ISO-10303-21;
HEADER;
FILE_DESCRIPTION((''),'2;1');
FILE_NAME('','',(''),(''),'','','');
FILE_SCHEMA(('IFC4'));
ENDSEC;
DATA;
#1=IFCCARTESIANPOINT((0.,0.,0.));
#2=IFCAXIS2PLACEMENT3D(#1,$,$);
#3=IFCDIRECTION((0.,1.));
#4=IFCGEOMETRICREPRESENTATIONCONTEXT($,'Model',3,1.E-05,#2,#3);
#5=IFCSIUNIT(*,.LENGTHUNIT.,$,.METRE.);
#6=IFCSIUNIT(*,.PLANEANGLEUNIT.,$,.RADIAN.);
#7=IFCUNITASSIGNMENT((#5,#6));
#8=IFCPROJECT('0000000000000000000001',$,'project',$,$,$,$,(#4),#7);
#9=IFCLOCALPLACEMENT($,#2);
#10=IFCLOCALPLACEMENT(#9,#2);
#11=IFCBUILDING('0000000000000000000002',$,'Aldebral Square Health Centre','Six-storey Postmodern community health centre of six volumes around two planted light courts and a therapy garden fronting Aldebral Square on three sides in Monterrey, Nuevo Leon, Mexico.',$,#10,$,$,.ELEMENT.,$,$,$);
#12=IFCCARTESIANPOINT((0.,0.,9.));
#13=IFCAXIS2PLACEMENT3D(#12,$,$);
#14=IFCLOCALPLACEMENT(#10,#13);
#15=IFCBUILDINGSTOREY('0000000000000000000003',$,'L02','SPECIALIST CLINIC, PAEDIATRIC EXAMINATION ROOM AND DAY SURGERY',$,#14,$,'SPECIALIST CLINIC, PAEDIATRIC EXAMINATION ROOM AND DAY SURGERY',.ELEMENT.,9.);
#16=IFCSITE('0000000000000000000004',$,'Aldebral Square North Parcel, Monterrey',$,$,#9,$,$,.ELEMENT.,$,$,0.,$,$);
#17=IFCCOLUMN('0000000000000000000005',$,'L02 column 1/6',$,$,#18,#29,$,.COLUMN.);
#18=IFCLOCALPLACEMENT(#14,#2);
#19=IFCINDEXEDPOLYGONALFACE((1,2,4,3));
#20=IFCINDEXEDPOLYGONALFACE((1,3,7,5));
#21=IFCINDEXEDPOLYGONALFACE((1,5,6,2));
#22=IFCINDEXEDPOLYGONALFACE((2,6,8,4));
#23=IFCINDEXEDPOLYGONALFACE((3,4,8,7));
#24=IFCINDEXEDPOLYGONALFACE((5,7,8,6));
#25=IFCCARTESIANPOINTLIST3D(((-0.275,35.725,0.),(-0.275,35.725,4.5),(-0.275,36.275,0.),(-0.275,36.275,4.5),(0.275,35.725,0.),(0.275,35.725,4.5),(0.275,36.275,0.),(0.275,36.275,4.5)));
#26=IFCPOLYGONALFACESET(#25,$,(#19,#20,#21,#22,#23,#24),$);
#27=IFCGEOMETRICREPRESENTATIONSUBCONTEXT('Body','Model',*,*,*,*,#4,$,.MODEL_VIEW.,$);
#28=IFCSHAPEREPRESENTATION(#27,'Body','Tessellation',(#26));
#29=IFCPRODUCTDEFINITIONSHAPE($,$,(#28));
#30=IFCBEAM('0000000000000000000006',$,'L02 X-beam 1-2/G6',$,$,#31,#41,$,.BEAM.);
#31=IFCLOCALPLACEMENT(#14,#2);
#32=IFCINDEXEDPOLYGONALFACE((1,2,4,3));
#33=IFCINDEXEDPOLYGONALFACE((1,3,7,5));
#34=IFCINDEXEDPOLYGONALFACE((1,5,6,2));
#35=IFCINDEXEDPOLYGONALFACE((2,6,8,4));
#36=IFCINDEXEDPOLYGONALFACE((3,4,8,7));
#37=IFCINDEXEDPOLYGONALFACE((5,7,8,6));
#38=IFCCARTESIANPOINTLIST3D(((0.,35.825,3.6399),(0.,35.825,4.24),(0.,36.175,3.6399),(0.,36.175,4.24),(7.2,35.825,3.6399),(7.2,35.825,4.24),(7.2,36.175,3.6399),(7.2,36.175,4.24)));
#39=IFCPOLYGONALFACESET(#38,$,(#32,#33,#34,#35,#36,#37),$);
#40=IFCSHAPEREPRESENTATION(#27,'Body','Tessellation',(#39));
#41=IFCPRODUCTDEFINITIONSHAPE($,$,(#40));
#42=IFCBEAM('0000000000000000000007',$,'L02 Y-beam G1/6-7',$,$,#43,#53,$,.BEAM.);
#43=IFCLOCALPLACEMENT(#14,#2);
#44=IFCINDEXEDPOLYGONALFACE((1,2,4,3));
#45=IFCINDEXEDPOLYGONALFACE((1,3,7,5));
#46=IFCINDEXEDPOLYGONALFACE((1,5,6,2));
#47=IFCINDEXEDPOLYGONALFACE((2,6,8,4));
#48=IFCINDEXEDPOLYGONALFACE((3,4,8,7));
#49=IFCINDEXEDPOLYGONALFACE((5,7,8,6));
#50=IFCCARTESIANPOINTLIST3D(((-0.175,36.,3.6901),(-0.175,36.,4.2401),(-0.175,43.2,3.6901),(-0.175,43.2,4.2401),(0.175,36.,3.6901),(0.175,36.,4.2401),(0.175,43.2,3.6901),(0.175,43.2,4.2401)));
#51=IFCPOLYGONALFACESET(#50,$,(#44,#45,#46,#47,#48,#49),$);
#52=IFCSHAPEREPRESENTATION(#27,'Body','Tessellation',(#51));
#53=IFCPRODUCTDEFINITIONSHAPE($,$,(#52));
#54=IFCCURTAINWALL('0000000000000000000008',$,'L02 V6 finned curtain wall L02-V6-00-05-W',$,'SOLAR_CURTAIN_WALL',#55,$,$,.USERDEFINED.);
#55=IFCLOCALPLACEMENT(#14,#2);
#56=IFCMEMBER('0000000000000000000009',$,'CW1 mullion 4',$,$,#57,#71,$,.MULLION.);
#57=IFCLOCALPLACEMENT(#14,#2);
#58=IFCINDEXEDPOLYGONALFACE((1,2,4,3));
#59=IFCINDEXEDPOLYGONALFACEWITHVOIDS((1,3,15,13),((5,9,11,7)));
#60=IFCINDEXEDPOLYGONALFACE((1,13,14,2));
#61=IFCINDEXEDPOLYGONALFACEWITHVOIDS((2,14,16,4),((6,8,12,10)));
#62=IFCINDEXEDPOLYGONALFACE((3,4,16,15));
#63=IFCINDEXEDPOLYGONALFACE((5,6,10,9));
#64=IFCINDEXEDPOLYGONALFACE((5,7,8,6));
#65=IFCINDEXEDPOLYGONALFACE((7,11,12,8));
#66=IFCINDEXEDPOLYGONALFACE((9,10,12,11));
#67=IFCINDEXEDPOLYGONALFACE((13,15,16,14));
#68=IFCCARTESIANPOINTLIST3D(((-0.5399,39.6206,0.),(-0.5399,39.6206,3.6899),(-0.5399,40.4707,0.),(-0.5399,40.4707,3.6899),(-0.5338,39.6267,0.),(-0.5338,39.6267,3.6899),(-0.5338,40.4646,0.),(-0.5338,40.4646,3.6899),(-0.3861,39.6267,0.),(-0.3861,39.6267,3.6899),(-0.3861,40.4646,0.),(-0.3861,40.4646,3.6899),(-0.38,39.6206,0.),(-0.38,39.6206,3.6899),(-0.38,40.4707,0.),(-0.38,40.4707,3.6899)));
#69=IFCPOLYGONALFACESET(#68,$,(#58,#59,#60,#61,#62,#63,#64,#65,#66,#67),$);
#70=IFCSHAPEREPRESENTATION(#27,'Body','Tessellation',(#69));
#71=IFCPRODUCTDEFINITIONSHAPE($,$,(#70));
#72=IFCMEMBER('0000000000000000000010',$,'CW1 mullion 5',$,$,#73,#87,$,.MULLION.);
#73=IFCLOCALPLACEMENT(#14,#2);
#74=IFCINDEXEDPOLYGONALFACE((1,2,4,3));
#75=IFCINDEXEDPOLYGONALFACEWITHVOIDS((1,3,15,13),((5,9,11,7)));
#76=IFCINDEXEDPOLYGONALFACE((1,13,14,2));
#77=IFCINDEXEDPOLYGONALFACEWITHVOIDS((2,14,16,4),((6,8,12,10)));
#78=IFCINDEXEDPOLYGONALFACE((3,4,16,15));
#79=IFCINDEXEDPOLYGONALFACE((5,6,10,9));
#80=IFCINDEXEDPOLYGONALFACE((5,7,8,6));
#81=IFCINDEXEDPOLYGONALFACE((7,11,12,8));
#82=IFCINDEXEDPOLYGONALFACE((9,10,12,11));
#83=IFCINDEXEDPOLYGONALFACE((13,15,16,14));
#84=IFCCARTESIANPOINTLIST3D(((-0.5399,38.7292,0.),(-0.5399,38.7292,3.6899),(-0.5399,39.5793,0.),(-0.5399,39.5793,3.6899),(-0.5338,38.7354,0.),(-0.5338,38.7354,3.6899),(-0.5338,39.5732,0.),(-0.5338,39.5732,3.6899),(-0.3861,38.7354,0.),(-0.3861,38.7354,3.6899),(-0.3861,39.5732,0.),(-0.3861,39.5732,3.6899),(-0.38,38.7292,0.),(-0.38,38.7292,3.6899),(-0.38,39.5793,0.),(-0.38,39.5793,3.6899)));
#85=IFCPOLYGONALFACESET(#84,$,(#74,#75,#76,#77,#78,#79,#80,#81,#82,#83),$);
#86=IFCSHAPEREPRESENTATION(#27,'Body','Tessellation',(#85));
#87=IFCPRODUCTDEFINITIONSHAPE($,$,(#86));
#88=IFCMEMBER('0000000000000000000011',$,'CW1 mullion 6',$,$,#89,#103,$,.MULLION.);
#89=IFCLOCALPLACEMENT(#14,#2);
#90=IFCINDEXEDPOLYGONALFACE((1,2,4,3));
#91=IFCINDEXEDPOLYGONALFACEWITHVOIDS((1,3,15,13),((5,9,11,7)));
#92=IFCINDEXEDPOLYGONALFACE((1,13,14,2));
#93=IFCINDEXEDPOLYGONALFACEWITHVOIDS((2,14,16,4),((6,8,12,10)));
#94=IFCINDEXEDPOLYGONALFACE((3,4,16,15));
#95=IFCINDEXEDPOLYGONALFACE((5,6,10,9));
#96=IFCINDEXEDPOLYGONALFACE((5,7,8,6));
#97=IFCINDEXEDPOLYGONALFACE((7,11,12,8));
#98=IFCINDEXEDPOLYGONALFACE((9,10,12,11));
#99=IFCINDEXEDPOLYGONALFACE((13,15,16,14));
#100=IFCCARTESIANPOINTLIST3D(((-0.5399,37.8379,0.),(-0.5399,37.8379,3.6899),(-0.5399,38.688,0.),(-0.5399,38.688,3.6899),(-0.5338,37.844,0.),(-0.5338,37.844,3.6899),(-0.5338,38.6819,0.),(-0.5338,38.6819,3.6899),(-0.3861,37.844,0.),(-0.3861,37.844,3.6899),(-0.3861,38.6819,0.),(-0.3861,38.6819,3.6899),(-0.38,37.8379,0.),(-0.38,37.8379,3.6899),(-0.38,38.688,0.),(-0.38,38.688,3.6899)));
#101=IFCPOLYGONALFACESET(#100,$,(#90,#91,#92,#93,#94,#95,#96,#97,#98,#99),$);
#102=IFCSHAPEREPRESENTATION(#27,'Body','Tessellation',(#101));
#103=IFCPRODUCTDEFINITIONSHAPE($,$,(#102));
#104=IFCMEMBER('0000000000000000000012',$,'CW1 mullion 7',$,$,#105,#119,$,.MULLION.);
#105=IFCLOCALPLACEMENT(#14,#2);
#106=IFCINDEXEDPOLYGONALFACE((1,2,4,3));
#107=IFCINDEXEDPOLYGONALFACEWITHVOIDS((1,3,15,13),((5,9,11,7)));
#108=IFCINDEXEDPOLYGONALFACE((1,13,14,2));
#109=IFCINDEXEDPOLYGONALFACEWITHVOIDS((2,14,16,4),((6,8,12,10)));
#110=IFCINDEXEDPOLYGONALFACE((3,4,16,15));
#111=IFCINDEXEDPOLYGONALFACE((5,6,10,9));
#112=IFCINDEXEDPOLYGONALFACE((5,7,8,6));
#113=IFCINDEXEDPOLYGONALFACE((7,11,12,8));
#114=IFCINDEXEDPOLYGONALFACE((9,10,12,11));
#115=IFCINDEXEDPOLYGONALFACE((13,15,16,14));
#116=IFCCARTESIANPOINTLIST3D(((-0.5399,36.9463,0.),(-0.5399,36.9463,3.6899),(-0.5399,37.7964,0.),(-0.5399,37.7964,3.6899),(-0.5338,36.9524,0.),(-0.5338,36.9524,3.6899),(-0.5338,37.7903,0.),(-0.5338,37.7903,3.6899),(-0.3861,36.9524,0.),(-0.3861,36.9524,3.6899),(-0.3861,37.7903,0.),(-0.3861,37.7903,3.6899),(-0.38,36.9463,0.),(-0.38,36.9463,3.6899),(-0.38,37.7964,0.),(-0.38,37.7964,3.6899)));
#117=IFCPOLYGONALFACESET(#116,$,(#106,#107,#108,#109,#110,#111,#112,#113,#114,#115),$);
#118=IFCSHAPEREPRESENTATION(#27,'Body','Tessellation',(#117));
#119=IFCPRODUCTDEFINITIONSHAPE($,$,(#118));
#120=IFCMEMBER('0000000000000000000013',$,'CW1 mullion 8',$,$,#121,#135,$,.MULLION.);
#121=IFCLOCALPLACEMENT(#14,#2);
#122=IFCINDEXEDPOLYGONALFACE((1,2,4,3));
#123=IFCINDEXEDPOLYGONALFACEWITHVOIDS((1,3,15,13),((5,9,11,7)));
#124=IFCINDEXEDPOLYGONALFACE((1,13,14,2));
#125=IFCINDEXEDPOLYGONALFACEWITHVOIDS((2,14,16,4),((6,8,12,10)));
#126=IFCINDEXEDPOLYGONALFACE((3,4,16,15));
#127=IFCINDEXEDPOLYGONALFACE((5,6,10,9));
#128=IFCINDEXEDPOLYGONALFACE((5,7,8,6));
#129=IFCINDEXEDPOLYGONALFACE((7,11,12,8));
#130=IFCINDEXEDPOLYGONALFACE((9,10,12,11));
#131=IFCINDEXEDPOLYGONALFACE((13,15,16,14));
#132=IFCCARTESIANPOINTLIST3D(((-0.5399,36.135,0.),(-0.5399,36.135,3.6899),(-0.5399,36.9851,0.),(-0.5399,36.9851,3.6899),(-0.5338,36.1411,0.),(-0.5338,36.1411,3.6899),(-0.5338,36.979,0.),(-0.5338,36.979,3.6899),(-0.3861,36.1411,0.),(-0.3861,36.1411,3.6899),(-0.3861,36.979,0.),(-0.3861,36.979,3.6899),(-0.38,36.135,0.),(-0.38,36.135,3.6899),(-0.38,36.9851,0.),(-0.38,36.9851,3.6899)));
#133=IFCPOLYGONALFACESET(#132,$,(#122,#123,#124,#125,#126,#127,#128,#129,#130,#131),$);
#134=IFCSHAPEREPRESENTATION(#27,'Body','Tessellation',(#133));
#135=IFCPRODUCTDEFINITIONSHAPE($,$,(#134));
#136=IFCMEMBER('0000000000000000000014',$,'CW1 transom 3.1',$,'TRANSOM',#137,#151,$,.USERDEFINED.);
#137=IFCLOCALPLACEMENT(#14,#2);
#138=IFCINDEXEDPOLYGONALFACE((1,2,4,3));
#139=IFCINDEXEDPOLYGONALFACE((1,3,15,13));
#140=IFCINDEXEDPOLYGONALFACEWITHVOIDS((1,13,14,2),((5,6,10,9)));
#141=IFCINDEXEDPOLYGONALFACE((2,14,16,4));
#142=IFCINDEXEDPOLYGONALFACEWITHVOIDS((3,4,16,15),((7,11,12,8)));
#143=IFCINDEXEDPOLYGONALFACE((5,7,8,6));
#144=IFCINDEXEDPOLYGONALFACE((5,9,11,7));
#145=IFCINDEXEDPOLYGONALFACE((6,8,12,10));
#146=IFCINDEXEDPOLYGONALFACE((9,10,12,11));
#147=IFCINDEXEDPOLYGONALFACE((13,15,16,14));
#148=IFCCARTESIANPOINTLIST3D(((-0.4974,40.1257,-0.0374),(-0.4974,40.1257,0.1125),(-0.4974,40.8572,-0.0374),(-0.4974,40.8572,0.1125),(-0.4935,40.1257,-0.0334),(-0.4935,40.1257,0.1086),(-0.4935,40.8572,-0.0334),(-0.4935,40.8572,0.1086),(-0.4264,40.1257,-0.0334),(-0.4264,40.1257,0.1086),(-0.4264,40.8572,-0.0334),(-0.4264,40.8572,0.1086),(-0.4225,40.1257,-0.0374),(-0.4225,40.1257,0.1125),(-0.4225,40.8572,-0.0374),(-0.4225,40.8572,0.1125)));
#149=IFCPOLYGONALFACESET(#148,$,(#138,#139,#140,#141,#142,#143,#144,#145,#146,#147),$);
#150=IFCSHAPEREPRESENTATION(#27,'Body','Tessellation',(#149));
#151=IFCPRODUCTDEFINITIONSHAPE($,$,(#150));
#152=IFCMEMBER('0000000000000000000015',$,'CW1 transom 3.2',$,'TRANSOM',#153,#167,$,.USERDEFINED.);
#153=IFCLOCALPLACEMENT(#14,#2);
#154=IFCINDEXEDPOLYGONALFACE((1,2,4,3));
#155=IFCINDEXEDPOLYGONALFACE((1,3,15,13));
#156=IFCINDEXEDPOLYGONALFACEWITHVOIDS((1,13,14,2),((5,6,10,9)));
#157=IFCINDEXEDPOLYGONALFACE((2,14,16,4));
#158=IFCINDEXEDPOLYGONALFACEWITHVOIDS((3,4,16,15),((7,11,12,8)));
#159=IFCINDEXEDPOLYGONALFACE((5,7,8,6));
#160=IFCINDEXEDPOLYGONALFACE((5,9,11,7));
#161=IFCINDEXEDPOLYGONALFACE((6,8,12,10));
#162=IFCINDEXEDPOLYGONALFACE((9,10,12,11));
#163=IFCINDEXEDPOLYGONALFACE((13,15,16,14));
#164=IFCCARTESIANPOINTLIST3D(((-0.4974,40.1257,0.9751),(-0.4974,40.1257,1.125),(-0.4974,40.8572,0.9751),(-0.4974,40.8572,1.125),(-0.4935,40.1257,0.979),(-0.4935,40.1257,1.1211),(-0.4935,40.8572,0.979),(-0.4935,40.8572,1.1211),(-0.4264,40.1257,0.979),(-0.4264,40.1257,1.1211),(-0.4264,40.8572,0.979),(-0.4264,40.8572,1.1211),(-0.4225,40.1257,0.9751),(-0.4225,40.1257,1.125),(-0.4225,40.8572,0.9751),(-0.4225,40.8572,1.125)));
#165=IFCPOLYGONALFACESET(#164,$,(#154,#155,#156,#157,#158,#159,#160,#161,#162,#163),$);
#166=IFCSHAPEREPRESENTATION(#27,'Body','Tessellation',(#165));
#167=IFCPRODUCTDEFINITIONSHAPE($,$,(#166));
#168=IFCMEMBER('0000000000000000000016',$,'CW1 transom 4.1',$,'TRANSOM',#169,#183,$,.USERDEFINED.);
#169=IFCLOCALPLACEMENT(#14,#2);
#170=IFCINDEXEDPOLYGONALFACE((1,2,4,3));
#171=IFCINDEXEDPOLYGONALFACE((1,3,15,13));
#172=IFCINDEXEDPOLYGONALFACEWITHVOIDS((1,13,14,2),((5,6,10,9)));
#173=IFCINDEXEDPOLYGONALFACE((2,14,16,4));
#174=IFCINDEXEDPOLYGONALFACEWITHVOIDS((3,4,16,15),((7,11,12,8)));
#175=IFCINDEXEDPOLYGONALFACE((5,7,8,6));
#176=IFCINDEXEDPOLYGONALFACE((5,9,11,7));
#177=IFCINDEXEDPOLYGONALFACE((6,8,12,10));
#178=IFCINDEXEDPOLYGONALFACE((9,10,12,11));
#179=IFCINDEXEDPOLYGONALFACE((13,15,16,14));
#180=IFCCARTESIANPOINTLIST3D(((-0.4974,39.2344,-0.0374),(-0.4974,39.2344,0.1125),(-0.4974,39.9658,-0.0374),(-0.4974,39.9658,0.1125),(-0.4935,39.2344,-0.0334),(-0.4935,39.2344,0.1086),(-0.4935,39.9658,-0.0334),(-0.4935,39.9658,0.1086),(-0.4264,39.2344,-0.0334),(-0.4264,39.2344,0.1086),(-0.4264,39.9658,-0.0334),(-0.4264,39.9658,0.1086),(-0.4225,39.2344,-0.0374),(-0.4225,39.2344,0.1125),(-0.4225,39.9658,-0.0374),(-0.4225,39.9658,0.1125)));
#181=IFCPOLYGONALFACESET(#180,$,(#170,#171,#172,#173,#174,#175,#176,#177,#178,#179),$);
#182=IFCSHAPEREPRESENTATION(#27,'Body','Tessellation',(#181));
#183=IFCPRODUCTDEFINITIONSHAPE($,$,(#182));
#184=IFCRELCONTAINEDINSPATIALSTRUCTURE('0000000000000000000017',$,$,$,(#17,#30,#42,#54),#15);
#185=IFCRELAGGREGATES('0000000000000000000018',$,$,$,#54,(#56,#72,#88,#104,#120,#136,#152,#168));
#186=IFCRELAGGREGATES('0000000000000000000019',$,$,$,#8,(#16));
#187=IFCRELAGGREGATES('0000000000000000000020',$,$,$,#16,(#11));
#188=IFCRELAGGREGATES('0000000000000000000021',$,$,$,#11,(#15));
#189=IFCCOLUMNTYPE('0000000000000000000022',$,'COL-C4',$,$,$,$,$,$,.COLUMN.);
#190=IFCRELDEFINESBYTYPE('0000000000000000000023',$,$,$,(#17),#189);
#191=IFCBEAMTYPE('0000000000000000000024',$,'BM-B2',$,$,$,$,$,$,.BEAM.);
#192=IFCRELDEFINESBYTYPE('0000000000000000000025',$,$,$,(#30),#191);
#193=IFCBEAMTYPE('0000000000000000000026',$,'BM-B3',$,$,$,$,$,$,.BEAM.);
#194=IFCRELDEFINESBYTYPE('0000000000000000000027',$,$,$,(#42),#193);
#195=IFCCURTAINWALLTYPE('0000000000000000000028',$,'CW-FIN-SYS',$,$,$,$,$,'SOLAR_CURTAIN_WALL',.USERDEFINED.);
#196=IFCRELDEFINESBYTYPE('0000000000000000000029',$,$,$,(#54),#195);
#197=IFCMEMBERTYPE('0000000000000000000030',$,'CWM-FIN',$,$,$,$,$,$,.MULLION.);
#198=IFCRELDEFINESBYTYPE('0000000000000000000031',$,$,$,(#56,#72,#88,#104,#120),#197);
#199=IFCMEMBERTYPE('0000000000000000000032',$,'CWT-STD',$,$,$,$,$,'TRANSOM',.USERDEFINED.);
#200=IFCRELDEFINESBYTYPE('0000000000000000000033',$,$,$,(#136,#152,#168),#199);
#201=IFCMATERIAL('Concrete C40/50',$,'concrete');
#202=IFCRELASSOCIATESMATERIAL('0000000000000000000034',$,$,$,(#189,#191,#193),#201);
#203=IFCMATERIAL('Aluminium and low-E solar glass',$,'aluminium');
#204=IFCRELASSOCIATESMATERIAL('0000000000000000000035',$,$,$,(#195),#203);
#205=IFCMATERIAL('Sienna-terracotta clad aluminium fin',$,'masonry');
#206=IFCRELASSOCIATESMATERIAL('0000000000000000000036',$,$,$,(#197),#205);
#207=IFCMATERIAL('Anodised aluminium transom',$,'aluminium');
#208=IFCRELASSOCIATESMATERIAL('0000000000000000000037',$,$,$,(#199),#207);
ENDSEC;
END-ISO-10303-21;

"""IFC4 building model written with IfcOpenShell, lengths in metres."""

from ifc_helpers import new_model, si_unit, direction, frame, origin, origin_2d, place, context, subcontext, project, spatial, rectangle, hollow_rectangle, extrude, material, material_profile, profile_set, type_object, element, aggregate, save


model = new_model("IFC4")

# Units and contexts
model_context = context("Model", 3, precision=1e-05, world=origin(), true_north=direction((0.0, 1.0)))
body_context = subcontext(model_context, "Body", "Model", "MODEL_VIEW")
ifc_project = project(units=[si_unit("LENGTHUNIT", "METRE"), si_unit("PLANEANGLEUNIT", "RADIAN")], contexts=[model_context])

# Site, building, storey
site_placement = place(None, origin())
site = spatial("IfcSite", under=ifc_project, at=site_placement, Name="Aldebral Square North Parcel, Monterrey", CompositionType="ELEMENT", RefElevation=0.0)
building_placement = place(site_placement, origin())
building = spatial("IfcBuilding", under=site, at=building_placement, Name="Aldebral Square Health Centre", Description="Six-storey Postmodern community health centre of six volumes around two planted light courts and a therapy garden fronting Aldebral Square on three sides in Monterrey, Nuevo Leon, Mexico.", CompositionType="ELEMENT")
storey_placement = place(building_placement, frame((0.0, 0.0, 9.0)))
storey = spatial("IfcBuildingStorey", under=building, at=storey_placement, Name="L02", Description="SPECIALIST CLINIC, PAEDIATRIC EXAMINATION ROOM AND DAY SURGERY", LongName="SPECIALIST CLINIC, PAEDIATRIC EXAMINATION ROOM AND DAY SURGERY", CompositionType="ELEMENT", Elevation=9.0)

# Column
ifc_material_1 = material(Name="Concrete C40/50", Category="concrete")
ifc_material_profile_1 = material_profile(ifc_material_1, rectangle(XDim=0.55, YDim=0.55, at=origin_2d()), Name="RC 550x550")
ifc_profile_set_1 = profile_set([ifc_material_profile_1], Name="Concrete C40/50")
column_type = type_object("IfcColumnType", Name="COL-C4", PredefinedType="COLUMN", material=ifc_profile_set_1)
column_placement = place(storey_placement, frame((0.0, 36.0, 0.0), z_axis=(0.0, 0.0, 1.0), x_axis=(1.0, 0.0, 0.0)))
element("IfcColumn", 1, at=column_placement, inside=storey, type_object=column_type, Name="L02 column 1/6", PredefinedType="COLUMN", context=body_context, shape_type="SweptSolid", body=[
    extrude(rectangle(XDim=0.55, YDim=0.55, at=origin_2d()), origin(), (0.0, 0.0, 1.0), 4.5),
])

# Beams
ifc_material_profile_2 = material_profile(ifc_material_1, rectangle(XDim=0.3501, YDim=0.6001, at=origin_2d()), Name="RC 350x600")
ifc_profile_set_2 = profile_set([ifc_material_profile_2], Name="Concrete C40/50")
beam_type_1 = type_object("IfcBeamType", Name="BM-B2", PredefinedType="BEAM", material=ifc_profile_set_2)
beam_1_placement = place(storey_placement, frame((0.0, 36.0, 3.9399), z_axis=(1.0, 0.0, 0.0), x_axis=(0.0, 1.0, 0.0)))
element("IfcBeam", 2, at=beam_1_placement, inside=storey, type_object=beam_type_1, Name="L02 X-beam 1-2/G6", PredefinedType="BEAM", context=body_context, shape_type="SweptSolid", body=[
    extrude(rectangle(XDim=0.3501, YDim=0.6001, at=origin_2d()), origin(), (0.0, 0.0, 1.0), 7.2),
])
ifc_material_profile_3 = material_profile(ifc_material_1, rectangle(XDim=0.3501, YDim=0.55, at=origin_2d()), Name="RC 350x550")
ifc_profile_set_3 = profile_set([ifc_material_profile_3], Name="Concrete C40/50")
beam_type_2 = type_object("IfcBeamType", Name="BM-B3", PredefinedType="BEAM", material=ifc_profile_set_3)
beam_2_placement = place(storey_placement, frame((0.0, 36.0, 3.9651), z_axis=(0.0, 1.0, 0.0), x_axis=(-1.0, 0.0, 0.0)))
element("IfcBeam", 3, at=beam_2_placement, inside=storey, type_object=beam_type_2, Name="L02 Y-beam G1/6-7", PredefinedType="BEAM", context=body_context, shape_type="SweptSolid", body=[
    extrude(rectangle(XDim=0.3501, YDim=0.55, at=origin_2d()), origin(), (0.0, 0.0, 1.0), 7.2),
])

# Curtain wall, members
ifc_material_2 = material(Name="Aluminium and low-E solar glass", Category="aluminium")
curtain_wall_type = type_object("IfcCurtainWallType", Name="CW-FIN-SYS", ElementType="SOLAR_CURTAIN_WALL", PredefinedType="USERDEFINED", material=ifc_material_2)
curtain_wall_placement = place(storey_placement, origin())
curtain_wall = element("IfcCurtainWall", 4, at=curtain_wall_placement, inside=storey, type_object=curtain_wall_type, Name="L02 V6 finned curtain wall L02-V6-00-05-W", ObjectType="SOLAR_CURTAIN_WALL", PredefinedType="USERDEFINED")
ifc_material_3 = material(Name="Sienna-terracotta clad aluminium fin", Category="masonry")
ifc_material_profile_4 = material_profile(ifc_material_3, hollow_rectangle(XDim=0.1599, YDim=0.8501, WallThickness=0.0061, at=origin_2d()), Name="FIN 160x850x6")
ifc_profile_set_4 = profile_set([ifc_material_profile_4], Name="Sienna-terracotta clad aluminium fin")
member_type_1 = type_object("IfcMemberType", Name="CWM-FIN", PredefinedType="MULLION", material=ifc_profile_set_4)
member_1_placement = place(storey_placement, frame((-0.46, 40.0457, 0.0), z_axis=(0.0, 0.0, 1.0), x_axis=(1.0, 0.0, 0.0)))
member_1 = element("IfcMember", 5, at=member_1_placement, type_object=member_type_1, Name="CW1 mullion 4", PredefinedType="MULLION", context=body_context, shape_type="SweptSolid", body=[
    extrude(hollow_rectangle(XDim=0.1599, YDim=0.8501, WallThickness=0.0061, at=origin_2d()), origin(), (0.0, 0.0, 1.0), 3.6899),
])
member_2_placement = place(storey_placement, frame((-0.46, 39.1543, 0.0), z_axis=(0.0, 0.0, 1.0), x_axis=(1.0, 0.0, 0.0)))
member_2 = element("IfcMember", 6, at=member_2_placement, type_object=member_type_1, Name="CW1 mullion 5", PredefinedType="MULLION", context=body_context, shape_type="SweptSolid", body=[
    extrude(hollow_rectangle(XDim=0.1599, YDim=0.8501, WallThickness=0.0061, at=origin_2d()), origin(), (0.0, 0.0, 1.0), 3.6899),
])
member_3_placement = place(storey_placement, frame((-0.46, 38.2629, 0.0), z_axis=(0.0, 0.0, 1.0), x_axis=(1.0, 0.0, 0.0)))
member_3 = element("IfcMember", 7, at=member_3_placement, type_object=member_type_1, Name="CW1 mullion 6", PredefinedType="MULLION", context=body_context, shape_type="SweptSolid", body=[
    extrude(hollow_rectangle(XDim=0.1599, YDim=0.8501, WallThickness=0.0061, at=origin_2d()), origin(), (0.0, 0.0, 1.0), 3.6899),
])
member_4_placement = place(storey_placement, frame((-0.46, 37.3713, 0.0), z_axis=(0.0, 0.0, 1.0), x_axis=(1.0, 0.0, 0.0)))
member_4 = element("IfcMember", 8, at=member_4_placement, type_object=member_type_1, Name="CW1 mullion 7", PredefinedType="MULLION", context=body_context, shape_type="SweptSolid", body=[
    extrude(hollow_rectangle(XDim=0.1599, YDim=0.8501, WallThickness=0.0061, at=origin_2d()), origin(), (0.0, 0.0, 1.0), 3.6899),
])
member_5_placement = place(storey_placement, frame((-0.46, 36.5601, 0.0), z_axis=(0.0, 0.0, 1.0), x_axis=(1.0, 0.0, 0.0)))
member_5 = element("IfcMember", 9, at=member_5_placement, type_object=member_type_1, Name="CW1 mullion 8", PredefinedType="MULLION", context=body_context, shape_type="SweptSolid", body=[
    extrude(hollow_rectangle(XDim=0.1599, YDim=0.8501, WallThickness=0.0061, at=origin_2d()), origin(), (0.0, 0.0, 1.0), 3.6899),
])
ifc_material_4 = material(Name="Anodised aluminium transom", Category="aluminium")
ifc_material_profile_5 = material_profile(ifc_material_4, hollow_rectangle(XDim=0.075, YDim=0.1499, WallThickness=0.0039, at=origin_2d()), Name="CWT 75x150x4")
ifc_profile_set_5 = profile_set([ifc_material_profile_5], Name="Anodised aluminium transom")
member_type_2 = type_object("IfcMemberType", Name="CWT-STD", ElementType="TRANSOM", PredefinedType="USERDEFINED", material=ifc_profile_set_5)
member_6_placement = place(storey_placement, frame((-0.46, 40.8572, 0.0376), z_axis=(0.0, -1.0, 0.0), x_axis=(1.0, 0.0, 0.0)))
member_6 = element("IfcMember", 10, at=member_6_placement, type_object=member_type_2, Name="CW1 transom 3.1", ObjectType="TRANSOM", PredefinedType="USERDEFINED", context=body_context, shape_type="SweptSolid", body=[
    extrude(hollow_rectangle(XDim=0.075, YDim=0.1499, WallThickness=0.0039, at=origin_2d()), origin(), (0.0, 0.0, 1.0), 0.7314),
])
member_7_placement = place(storey_placement, frame((-0.46, 40.8572, 1.05), z_axis=(0.0, -1.0, 0.0), x_axis=(1.0, 0.0, 0.0)))
member_7 = element("IfcMember", 11, at=member_7_placement, type_object=member_type_2, Name="CW1 transom 3.2", ObjectType="TRANSOM", PredefinedType="USERDEFINED", context=body_context, shape_type="SweptSolid", body=[
    extrude(hollow_rectangle(XDim=0.075, YDim=0.1499, WallThickness=0.0039, at=origin_2d()), origin(), (0.0, 0.0, 1.0), 0.7314),
])
member_8_placement = place(storey_placement, frame((-0.46, 39.9658, 0.0376), z_axis=(0.0, -1.0, 0.0), x_axis=(1.0, 0.0, 0.0)))
member_8 = element("IfcMember", 12, at=member_8_placement, type_object=member_type_2, Name="CW1 transom 4.1", ObjectType="TRANSOM", PredefinedType="USERDEFINED", context=body_context, shape_type="SweptSolid", body=[
    extrude(hollow_rectangle(XDim=0.075, YDim=0.1499, WallThickness=0.0039, at=origin_2d()), origin(), (0.0, 0.0, 1.0), 0.7314),
])
aggregate(curtain_wall, [member_1, member_2, member_3, member_4, member_5, member_6, member_7, member_8])

save(model, "model.ifc")
